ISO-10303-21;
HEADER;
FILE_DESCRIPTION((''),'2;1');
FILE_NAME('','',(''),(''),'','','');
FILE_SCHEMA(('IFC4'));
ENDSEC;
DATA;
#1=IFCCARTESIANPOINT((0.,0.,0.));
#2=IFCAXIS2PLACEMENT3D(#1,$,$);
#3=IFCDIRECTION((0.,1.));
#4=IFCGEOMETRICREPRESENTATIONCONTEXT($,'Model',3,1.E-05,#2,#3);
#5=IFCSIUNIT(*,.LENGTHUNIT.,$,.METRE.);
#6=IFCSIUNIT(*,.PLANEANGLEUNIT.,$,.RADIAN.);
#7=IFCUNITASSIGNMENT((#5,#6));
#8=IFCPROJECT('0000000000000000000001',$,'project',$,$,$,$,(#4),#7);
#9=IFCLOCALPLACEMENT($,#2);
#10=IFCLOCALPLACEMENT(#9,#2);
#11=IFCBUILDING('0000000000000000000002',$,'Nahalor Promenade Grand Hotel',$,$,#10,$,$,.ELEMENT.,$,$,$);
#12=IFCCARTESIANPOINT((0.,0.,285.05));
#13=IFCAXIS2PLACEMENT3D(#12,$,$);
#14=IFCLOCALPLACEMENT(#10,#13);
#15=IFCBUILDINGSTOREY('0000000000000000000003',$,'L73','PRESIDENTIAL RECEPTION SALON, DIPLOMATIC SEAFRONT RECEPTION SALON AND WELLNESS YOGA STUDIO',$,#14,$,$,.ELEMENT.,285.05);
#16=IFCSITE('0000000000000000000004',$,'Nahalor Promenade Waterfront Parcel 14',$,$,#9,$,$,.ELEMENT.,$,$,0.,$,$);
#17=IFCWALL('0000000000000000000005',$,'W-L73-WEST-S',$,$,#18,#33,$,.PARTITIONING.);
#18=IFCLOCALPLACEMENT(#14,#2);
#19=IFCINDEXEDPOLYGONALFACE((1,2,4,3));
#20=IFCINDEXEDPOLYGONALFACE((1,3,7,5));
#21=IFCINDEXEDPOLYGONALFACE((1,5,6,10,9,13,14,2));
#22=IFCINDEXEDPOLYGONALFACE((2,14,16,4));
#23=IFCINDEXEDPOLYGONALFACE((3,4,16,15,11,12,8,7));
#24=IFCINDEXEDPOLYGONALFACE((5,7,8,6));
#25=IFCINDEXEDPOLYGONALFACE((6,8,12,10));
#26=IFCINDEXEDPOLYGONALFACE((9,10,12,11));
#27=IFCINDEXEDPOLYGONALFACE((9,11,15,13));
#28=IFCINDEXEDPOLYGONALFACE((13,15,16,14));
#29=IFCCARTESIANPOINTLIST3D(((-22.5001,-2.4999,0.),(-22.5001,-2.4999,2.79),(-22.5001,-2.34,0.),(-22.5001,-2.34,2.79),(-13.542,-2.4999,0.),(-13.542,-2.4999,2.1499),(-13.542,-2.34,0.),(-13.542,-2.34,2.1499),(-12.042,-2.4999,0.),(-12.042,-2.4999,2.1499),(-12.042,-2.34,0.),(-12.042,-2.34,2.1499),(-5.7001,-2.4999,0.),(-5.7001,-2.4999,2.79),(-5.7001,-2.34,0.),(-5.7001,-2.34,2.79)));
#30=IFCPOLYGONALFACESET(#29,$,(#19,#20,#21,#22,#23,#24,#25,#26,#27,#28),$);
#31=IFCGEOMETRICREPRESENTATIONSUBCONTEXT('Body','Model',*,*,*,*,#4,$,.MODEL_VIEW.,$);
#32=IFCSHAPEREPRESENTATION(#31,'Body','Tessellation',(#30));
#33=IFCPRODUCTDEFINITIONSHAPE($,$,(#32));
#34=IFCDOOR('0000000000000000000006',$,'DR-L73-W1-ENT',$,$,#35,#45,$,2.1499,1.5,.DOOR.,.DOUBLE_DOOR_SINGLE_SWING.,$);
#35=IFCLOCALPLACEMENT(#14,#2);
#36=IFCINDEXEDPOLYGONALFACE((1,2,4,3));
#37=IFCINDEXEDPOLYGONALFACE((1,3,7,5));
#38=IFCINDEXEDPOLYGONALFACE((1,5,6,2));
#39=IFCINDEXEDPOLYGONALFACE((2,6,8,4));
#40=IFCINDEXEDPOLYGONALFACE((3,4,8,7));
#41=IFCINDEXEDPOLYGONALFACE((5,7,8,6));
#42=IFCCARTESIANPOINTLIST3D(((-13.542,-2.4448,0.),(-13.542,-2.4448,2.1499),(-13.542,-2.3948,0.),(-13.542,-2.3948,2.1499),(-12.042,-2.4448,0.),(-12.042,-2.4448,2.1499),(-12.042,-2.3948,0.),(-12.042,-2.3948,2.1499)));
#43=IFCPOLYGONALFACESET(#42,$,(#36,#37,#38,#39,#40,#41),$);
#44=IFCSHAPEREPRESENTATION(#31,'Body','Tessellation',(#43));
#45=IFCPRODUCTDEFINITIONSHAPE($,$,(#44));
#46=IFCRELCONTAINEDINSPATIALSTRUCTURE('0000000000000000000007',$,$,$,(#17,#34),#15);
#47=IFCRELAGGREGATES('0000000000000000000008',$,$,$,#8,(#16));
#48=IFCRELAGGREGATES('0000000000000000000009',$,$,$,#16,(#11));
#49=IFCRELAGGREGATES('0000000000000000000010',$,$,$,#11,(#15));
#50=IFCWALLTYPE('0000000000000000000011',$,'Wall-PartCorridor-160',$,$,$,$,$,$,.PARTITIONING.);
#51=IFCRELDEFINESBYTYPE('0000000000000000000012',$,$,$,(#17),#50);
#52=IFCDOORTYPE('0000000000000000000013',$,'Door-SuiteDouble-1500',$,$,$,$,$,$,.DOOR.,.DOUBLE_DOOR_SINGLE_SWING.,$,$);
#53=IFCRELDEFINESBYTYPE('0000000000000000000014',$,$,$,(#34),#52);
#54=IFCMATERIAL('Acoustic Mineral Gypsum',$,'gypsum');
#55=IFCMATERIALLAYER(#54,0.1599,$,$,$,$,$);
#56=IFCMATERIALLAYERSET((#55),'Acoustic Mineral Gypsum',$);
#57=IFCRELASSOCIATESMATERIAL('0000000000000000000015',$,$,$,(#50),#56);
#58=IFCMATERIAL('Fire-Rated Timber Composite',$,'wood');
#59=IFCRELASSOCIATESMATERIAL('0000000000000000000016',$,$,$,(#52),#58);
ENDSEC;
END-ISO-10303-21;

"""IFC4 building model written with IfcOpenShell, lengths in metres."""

from ifc_helpers import new_model, si_unit, direction, frame, frame_2d, origin, place, context, subcontext, project, spatial, rectangle, extrude, source, transform, mapped, material, layer, layer_set, type_object, element, fill, save


model = new_model("IFC4")

# Units and contexts
model_context = context("Model", 3, precision=1e-05, world=origin(), true_north=direction((0.0, 1.0)))
body_context = subcontext(model_context, "Body", "Model", "MODEL_VIEW")
ifc_project = project(units=[si_unit("LENGTHUNIT", "METRE"), si_unit("PLANEANGLEUNIT", "RADIAN")], contexts=[model_context])

# Site, building, storey
site_placement = place(None, origin())
site = spatial("IfcSite", under=ifc_project, at=site_placement, Name="Nahalor Promenade Waterfront Parcel 14", CompositionType="ELEMENT", RefElevation=0.0)
building_placement = place(site_placement, origin())
building = spatial("IfcBuilding", under=site, at=building_placement, Name="Nahalor Promenade Grand Hotel", CompositionType="ELEMENT")
storey_placement = place(building_placement, frame((0.0, 0.0, 285.05)))
storey = spatial("IfcBuildingStorey", under=building, at=storey_placement, Name="L73", Description="PRESIDENTIAL RECEPTION SALON, DIPLOMATIC SEAFRONT RECEPTION SALON AND WELLNESS YOGA STUDIO", CompositionType="ELEMENT", Elevation=285.05)

# Shared definitions
ifc_material_1 = material(Name="Acoustic Mineral Gypsum", Category="gypsum")
ifc_layer_1 = layer(ifc_material_1, 0.1599)
ifc_layer_set_1 = layer_set([ifc_layer_1], Name="Acoustic Mineral Gypsum")
wall_type_1 = type_object("IfcWallType", Name="Wall-PartCorridor-160", PredefinedType="PARTITIONING", material=ifc_layer_set_1)
ifc_material_2 = material(Name="Fire-Rated Timber Composite", Category="wood")

# Wall, opening, door
door_type_1 = type_object("IfcDoorType", Name="Door-SuiteDouble-1500", OperationType="DOUBLE_DOOR_SINGLE_SWING", PredefinedType="DOOR", material=ifc_material_2)
shared_shape_1 = source(origin(), body_context, "Body", "SweptSolid", [
    extrude(rectangle(XDim=1.5, YDim=2.1499, at=frame_2d((0.75, 1.075))), frame((0.0, 0.0249, 0.0), z_axis=(0.0, -1.0, 0.0), x_axis=(1.0, 0.0, 0.0)), (0.0, 0.0, 1.0), 0.05),
])
shared_shape_2 = source(origin(), body_context, "Body", "SweptSolid", [
    extrude(rectangle(XDim=16.8, YDim=0.1599, at=frame_2d((8.3999, 0.0))), origin(), (0.0, 0.0, 1.0), 2.79),
])
wall_1_placement = place(storey_placement, frame((-22.5, -2.4199, 0.0), z_axis=(0.0, 0.0, 1.0), x_axis=(1.0, 0.0, 0.0)))
wall_1 = element("IfcWall", 1, at=wall_1_placement, inside=storey, type_object=wall_type_1, Name="W-L73-WEST-S", PredefinedType="PARTITIONING", context=body_context, shape_type="MappedRepresentation", body=[
    mapped(shared_shape_2, transform((0.0, 0.0, 0.0), scale=1.0)),
])
opening_1_placement = place(wall_1_placement, frame((8.958, 0.0, 0.0)))
opening_1 = element("IfcOpeningElement", 2, at=opening_1_placement, cuts=wall_1, PredefinedType="OPENING", context=body_context, shape_type="SweptSolid", body=[
    extrude(rectangle(XDim=1.5, YDim=2.1499, at=frame_2d((0.75, 1.075))), frame((0.0, 0.0898, 0.0), z_axis=(0.0, -1.0, 0.0), x_axis=(1.0, 0.0, 0.0)), (0.0, 0.0, 1.0), 0.1799),
])
door_1_placement = place(opening_1_placement, frame((1.5, 0.0, 0.0), z_axis=(0.0, 0.0, 1.0), x_axis=(-1.0, 0.0, 0.0)))
door_1 = element("IfcDoor", 3, at=door_1_placement, inside=storey, type_object=door_type_1, Name="DR-L73-W1-ENT", OperationType="DOUBLE_DOOR_SINGLE_SWING", OverallHeight=2.1499, OverallWidth=1.5, PredefinedType="DOOR", context=body_context, shape_type="MappedRepresentation", body=[
    mapped(shared_shape_1, transform((0.0, 0.0, 0.0), scale=1.0)),
])
fill(opening_1, door_1)

save(model, "model.ifc")
